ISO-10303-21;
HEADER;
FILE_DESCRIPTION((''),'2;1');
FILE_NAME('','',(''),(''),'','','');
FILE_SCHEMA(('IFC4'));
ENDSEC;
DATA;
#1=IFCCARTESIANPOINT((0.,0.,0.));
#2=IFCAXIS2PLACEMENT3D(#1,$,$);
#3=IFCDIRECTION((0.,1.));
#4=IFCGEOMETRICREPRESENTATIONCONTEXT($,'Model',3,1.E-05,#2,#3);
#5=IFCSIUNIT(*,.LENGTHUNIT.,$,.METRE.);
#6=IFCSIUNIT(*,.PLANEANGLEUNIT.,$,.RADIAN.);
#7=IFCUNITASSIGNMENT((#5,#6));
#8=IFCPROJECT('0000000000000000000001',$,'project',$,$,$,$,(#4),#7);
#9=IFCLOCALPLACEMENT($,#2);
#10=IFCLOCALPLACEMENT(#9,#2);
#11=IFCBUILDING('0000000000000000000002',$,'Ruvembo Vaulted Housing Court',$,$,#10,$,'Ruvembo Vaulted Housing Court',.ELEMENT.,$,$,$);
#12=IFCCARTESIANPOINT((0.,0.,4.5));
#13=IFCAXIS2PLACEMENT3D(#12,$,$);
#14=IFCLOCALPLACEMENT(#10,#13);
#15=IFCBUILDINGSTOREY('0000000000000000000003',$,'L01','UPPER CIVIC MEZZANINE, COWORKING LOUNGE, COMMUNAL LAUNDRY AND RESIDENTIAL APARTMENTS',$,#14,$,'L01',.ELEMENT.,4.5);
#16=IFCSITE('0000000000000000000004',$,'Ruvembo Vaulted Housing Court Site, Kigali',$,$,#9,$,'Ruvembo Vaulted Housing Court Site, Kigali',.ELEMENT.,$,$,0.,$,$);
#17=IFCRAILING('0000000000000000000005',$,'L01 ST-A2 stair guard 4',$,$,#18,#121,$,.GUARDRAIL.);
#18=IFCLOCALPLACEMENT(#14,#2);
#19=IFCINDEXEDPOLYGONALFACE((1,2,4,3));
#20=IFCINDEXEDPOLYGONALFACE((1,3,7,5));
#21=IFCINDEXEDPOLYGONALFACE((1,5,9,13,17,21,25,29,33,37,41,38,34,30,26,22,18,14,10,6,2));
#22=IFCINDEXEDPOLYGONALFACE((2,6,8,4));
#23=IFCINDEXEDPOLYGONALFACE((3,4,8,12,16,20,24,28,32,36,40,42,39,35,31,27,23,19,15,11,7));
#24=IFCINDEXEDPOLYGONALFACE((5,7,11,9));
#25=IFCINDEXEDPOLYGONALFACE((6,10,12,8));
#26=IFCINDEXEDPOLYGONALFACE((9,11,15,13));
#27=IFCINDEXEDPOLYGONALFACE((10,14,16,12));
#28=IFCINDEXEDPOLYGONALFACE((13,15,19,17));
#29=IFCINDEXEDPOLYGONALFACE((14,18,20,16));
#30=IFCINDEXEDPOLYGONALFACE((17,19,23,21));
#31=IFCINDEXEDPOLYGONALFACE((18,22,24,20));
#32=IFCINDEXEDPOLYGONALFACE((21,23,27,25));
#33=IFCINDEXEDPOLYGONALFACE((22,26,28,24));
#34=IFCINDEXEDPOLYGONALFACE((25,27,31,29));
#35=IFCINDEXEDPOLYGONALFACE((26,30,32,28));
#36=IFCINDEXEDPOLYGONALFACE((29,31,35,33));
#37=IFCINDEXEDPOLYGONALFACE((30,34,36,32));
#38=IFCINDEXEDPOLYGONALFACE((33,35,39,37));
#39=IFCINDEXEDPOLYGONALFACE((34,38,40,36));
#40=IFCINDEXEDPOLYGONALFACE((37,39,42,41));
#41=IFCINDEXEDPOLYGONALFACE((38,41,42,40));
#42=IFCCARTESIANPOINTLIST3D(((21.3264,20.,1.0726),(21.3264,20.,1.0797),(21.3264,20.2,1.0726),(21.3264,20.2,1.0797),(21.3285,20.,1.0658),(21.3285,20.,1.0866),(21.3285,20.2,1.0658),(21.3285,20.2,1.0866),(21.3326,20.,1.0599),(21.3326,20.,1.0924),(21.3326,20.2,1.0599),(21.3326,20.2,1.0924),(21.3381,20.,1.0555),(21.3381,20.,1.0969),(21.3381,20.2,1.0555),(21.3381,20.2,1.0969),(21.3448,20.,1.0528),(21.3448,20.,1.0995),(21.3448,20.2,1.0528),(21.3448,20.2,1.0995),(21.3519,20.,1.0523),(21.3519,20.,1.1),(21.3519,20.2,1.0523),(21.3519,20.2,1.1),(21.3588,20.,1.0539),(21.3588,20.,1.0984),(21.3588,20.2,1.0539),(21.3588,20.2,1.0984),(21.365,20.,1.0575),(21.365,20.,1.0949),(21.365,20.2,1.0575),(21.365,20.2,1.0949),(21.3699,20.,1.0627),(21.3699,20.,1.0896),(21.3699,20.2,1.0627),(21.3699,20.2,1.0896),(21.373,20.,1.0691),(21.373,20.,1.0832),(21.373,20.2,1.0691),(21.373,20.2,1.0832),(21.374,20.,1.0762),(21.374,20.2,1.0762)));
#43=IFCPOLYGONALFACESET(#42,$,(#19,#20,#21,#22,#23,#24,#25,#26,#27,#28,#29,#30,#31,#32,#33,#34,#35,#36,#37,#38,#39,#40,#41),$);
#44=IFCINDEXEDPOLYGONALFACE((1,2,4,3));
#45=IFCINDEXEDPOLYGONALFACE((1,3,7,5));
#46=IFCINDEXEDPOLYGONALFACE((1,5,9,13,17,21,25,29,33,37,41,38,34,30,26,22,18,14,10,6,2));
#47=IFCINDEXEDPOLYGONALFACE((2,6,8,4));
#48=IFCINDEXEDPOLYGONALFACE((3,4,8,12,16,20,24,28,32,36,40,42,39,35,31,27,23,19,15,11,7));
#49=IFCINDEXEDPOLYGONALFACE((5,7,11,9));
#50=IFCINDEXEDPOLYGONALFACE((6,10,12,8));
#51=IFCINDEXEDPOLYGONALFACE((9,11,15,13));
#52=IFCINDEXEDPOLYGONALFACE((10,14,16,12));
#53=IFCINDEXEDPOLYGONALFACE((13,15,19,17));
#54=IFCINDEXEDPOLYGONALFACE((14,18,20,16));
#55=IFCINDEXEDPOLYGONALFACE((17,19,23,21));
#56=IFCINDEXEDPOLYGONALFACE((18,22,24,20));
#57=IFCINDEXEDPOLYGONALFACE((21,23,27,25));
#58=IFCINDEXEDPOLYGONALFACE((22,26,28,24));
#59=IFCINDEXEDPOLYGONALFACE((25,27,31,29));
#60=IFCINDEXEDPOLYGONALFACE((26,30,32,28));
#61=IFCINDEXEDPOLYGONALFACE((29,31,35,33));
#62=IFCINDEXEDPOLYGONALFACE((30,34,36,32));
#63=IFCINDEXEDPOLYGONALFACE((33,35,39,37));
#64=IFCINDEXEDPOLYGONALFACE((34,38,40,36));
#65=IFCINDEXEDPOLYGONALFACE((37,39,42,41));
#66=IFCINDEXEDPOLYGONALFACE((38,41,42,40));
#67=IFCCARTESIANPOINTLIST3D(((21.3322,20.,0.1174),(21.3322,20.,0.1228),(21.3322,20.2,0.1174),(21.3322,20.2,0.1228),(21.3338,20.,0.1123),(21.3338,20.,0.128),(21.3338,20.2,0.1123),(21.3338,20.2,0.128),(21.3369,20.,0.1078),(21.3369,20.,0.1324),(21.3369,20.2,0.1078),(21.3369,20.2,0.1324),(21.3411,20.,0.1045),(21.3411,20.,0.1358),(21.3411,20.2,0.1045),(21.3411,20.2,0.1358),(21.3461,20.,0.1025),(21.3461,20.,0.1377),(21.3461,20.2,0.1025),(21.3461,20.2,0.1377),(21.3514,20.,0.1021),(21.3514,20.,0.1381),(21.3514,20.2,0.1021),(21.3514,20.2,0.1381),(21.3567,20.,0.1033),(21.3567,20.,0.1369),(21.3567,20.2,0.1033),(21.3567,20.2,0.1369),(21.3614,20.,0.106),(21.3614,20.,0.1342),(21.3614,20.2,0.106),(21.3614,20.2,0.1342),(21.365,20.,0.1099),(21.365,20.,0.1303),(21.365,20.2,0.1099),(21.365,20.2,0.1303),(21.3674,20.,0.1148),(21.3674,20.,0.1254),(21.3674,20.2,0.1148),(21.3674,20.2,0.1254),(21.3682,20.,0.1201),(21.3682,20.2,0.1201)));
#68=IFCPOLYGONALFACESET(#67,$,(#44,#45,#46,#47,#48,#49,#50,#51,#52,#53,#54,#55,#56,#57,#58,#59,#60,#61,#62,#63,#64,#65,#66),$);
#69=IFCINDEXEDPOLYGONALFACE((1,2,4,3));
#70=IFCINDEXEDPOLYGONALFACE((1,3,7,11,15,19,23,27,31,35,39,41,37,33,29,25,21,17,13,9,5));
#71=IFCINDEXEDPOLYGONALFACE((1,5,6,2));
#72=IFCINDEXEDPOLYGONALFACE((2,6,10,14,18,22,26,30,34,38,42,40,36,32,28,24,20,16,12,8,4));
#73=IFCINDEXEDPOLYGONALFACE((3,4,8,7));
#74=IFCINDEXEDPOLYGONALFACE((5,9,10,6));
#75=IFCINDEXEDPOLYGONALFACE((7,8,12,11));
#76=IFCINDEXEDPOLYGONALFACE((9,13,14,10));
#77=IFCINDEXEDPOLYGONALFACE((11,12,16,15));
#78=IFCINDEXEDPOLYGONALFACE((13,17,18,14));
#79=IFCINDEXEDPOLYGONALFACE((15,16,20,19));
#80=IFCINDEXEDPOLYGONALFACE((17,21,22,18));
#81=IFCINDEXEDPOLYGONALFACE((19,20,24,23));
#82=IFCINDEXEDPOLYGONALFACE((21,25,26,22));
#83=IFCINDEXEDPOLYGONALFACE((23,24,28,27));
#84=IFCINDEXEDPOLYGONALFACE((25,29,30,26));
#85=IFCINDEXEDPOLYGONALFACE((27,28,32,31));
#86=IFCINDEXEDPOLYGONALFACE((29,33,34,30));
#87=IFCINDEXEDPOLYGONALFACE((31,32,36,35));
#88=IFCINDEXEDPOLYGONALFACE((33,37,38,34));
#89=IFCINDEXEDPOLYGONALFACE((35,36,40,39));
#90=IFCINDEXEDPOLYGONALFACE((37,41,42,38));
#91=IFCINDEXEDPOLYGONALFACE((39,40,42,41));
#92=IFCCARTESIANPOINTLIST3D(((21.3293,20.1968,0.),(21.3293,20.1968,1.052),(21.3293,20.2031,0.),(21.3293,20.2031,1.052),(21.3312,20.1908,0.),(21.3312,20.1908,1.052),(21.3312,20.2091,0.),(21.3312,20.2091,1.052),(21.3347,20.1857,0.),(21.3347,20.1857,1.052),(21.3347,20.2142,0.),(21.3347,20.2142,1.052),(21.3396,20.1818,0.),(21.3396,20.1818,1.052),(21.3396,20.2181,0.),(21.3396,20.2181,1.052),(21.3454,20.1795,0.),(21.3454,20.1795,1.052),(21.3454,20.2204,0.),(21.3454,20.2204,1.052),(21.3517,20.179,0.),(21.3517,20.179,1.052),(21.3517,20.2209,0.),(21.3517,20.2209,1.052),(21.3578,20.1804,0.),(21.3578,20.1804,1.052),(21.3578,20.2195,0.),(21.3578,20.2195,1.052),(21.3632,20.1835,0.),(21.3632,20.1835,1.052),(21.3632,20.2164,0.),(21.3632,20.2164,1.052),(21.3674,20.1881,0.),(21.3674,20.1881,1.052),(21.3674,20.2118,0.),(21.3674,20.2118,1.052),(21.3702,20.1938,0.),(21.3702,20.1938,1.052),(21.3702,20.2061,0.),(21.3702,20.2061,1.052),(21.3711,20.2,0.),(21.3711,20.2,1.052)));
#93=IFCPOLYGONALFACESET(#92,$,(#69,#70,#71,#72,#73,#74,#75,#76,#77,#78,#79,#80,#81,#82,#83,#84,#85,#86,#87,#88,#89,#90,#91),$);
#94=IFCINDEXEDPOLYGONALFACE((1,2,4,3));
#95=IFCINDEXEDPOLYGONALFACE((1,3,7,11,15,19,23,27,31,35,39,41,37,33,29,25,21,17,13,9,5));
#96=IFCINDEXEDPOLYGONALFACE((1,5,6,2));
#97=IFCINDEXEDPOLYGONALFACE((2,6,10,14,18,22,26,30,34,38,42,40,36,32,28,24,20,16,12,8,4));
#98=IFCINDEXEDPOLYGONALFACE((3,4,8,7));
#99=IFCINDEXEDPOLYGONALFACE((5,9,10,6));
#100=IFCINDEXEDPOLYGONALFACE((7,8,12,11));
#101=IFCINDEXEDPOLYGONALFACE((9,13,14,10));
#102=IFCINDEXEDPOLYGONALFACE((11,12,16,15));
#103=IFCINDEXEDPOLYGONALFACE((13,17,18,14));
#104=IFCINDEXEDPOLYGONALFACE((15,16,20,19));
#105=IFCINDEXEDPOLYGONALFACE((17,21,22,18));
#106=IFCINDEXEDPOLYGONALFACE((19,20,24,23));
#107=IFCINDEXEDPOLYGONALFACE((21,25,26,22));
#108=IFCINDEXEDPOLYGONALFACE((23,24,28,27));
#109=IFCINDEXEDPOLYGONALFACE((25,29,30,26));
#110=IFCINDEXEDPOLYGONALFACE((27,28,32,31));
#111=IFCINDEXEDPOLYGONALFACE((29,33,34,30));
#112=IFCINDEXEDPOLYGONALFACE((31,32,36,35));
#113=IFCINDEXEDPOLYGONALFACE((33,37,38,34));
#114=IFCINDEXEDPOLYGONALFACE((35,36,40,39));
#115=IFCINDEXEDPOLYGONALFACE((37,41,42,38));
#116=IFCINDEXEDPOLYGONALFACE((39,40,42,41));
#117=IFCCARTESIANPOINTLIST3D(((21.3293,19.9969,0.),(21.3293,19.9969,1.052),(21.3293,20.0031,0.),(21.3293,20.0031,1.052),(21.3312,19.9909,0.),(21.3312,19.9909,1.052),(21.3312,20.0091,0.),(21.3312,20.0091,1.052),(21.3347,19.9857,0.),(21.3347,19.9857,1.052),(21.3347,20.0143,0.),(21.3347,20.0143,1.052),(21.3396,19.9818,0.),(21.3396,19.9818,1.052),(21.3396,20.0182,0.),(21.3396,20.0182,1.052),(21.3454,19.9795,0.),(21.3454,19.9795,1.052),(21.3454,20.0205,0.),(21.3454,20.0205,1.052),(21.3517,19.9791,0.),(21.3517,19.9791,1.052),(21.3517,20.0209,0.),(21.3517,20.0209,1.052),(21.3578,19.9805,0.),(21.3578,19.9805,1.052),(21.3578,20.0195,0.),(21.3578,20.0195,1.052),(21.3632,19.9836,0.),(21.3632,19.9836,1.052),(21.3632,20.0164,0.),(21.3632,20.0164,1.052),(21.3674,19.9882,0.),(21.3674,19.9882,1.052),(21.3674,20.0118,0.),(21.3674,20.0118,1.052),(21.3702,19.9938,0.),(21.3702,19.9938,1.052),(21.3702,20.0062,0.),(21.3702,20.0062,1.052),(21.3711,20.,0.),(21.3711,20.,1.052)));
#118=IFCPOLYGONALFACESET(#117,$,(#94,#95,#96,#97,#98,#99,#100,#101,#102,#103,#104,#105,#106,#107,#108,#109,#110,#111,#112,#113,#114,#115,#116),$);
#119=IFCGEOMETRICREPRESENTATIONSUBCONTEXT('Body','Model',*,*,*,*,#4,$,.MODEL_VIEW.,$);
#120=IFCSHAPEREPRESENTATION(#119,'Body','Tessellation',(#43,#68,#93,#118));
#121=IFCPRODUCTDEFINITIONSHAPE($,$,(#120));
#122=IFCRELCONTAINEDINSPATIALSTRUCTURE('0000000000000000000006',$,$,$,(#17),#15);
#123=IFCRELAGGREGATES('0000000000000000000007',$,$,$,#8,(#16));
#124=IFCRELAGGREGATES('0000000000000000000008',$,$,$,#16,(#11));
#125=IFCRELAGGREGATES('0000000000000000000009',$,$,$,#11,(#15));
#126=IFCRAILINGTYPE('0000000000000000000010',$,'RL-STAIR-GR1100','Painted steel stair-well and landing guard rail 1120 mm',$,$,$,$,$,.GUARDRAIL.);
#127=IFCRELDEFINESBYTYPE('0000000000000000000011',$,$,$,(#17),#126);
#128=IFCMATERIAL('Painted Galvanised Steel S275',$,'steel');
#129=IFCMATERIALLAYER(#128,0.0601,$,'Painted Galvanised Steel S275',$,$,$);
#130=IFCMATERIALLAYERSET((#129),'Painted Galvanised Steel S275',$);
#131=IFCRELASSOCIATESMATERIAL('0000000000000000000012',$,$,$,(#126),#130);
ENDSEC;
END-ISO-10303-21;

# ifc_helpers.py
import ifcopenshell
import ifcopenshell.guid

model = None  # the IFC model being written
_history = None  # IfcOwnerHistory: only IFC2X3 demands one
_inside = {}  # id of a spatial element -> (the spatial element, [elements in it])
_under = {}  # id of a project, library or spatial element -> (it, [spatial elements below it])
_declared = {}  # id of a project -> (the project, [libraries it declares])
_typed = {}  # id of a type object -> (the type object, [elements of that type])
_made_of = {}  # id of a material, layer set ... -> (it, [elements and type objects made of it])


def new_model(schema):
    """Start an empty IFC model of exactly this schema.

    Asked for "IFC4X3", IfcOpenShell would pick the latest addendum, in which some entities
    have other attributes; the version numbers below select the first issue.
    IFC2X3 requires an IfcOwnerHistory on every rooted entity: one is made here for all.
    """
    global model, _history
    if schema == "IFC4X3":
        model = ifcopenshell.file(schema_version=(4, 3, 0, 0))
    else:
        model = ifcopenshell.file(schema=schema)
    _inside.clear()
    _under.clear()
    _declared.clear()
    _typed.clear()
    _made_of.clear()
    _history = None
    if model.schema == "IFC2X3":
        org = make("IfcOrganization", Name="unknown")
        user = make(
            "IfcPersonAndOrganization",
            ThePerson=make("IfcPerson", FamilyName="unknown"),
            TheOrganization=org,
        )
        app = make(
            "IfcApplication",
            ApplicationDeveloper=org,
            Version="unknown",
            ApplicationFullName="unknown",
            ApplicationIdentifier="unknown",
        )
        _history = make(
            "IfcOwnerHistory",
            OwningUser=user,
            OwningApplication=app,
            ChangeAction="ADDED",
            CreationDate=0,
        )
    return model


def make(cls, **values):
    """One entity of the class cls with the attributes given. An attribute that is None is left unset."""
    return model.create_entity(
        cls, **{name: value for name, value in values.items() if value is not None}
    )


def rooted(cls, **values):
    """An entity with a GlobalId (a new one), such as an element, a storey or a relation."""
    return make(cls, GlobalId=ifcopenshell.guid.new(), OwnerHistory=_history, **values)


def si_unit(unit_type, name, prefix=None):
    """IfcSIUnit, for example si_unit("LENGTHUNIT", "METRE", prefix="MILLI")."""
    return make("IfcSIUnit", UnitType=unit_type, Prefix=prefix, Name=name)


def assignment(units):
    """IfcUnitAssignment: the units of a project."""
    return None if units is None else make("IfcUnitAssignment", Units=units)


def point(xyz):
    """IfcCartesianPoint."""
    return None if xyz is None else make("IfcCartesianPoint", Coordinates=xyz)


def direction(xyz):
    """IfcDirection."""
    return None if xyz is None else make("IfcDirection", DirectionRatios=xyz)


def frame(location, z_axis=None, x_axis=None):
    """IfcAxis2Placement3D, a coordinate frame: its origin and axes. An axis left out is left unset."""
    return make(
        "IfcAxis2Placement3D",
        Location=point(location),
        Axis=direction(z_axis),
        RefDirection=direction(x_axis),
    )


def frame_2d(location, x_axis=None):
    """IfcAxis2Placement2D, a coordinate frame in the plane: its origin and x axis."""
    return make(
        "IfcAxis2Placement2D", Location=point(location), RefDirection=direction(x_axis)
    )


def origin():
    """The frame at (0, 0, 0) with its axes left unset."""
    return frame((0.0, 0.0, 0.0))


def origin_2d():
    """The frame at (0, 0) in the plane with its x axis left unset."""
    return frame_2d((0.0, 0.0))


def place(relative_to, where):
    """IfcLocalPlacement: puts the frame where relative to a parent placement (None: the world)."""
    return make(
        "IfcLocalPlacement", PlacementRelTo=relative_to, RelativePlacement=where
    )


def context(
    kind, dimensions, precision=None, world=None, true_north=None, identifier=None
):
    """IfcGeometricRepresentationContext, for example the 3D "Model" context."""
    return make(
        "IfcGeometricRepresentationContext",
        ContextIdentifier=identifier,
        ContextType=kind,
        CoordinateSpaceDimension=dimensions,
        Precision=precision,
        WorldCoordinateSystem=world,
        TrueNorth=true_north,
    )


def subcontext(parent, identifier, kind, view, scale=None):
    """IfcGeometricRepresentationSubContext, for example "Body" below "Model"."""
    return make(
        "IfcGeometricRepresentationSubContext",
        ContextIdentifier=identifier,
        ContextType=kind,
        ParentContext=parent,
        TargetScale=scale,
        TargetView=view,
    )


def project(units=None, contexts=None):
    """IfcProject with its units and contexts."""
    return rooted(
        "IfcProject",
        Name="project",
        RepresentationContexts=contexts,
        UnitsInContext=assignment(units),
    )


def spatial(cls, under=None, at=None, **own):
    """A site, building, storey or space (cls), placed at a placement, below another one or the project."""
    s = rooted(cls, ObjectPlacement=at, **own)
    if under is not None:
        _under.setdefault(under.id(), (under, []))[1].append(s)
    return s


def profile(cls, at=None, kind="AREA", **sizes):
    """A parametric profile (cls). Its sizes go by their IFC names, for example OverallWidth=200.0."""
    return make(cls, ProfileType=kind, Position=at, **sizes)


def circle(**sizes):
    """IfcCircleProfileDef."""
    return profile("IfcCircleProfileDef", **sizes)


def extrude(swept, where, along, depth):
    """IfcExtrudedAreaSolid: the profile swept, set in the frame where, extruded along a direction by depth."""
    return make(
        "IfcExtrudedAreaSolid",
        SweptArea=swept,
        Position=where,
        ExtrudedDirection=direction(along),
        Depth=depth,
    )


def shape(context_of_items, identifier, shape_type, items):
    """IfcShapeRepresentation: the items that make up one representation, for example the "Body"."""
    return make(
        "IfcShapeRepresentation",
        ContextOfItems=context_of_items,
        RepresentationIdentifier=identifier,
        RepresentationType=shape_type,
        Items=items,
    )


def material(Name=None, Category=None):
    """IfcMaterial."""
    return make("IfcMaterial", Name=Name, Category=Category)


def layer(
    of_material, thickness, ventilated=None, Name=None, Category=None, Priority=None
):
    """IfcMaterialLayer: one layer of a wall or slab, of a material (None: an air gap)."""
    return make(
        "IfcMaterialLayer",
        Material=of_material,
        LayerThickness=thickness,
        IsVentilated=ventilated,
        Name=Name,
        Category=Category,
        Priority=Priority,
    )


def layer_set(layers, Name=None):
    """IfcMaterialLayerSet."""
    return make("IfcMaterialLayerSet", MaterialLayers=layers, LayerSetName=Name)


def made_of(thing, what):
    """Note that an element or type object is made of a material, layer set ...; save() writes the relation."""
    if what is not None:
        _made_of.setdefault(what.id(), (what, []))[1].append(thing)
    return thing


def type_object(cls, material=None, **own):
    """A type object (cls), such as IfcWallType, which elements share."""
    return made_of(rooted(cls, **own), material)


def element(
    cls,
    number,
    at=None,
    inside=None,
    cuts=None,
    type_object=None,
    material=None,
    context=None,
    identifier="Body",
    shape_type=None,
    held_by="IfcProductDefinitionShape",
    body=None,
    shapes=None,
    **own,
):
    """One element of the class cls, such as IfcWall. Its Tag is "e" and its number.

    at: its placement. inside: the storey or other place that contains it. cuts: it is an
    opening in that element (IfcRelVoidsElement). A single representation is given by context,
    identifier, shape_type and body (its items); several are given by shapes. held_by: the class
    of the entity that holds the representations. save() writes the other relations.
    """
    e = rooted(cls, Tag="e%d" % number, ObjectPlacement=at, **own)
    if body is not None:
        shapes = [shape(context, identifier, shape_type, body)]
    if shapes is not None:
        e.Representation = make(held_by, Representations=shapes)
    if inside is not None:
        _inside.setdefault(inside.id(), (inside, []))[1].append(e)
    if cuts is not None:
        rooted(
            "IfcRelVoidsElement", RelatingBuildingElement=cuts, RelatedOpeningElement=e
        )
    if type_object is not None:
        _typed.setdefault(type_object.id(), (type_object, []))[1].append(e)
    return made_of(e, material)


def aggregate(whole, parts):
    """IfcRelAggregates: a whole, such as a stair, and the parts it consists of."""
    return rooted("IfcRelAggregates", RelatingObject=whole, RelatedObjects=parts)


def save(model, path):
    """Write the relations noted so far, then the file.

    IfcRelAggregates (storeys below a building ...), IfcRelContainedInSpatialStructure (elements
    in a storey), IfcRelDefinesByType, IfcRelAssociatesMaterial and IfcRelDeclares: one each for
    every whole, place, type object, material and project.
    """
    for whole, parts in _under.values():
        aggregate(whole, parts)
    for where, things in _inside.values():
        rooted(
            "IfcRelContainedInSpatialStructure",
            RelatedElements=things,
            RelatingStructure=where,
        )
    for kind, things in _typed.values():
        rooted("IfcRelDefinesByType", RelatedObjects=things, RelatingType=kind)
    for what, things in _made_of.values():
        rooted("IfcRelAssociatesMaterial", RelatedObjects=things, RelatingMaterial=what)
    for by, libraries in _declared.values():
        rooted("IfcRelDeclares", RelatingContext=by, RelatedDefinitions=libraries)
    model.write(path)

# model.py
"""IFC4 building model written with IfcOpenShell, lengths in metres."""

from ifc_helpers import new_model, si_unit, direction, frame, origin, origin_2d, place, context, subcontext, project, spatial, circle, extrude, material, layer, layer_set, type_object, element, save


model = new_model("IFC4")

# Units and contexts
model_context = context("Model", 3, precision=1e-05, world=origin(), true_north=direction((0.0, 1.0)))
body_context = subcontext(model_context, "Body", "Model", "MODEL_VIEW")
ifc_project = project(units=[si_unit("LENGTHUNIT", "METRE"), si_unit("PLANEANGLEUNIT", "RADIAN")], contexts=[model_context])

# Site, building, storey
site_placement = place(None, origin())
site = spatial("IfcSite", under=ifc_project, at=site_placement, Name="Ruvembo Vaulted Housing Court Site, Kigali", LongName="Ruvembo Vaulted Housing Court Site, Kigali", CompositionType="ELEMENT", RefElevation=0.0)
building_placement = place(site_placement, origin())
building = spatial("IfcBuilding", under=site, at=building_placement, Name="Ruvembo Vaulted Housing Court", LongName="Ruvembo Vaulted Housing Court", CompositionType="ELEMENT")
storey_placement = place(building_placement, frame((0.0, 0.0, 4.5)))
storey = spatial("IfcBuildingStorey", under=building, at=storey_placement, Name="L01", Description="UPPER CIVIC MEZZANINE, COWORKING LOUNGE, COMMUNAL LAUNDRY AND RESIDENTIAL APARTMENTS", LongName="L01", CompositionType="ELEMENT", Elevation=4.5)

# Railing
ifc_material_1 = material(Name="Painted Galvanised Steel S275", Category="steel")
ifc_layer_1 = layer(ifc_material_1, 0.0601, Name="Painted Galvanised Steel S275")
ifc_layer_set_1 = layer_set([ifc_layer_1], Name="Painted Galvanised Steel S275")
railing_type_1 = type_object("IfcRailingType", Name="RL-STAIR-GR1100", Description="Painted steel stair-well and landing guard rail 1120 mm", PredefinedType="GUARDRAIL", material=ifc_layer_set_1)
railing_1_placement = place(storey_placement, frame((21.3501, 20.2, 0.0)))
element("IfcRailing", 1, at=railing_1_placement, inside=storey, type_object=railing_type_1, Name="L01 ST-A2 stair guard 4", PredefinedType="GUARDRAIL", context=body_context, shape_type="SweptSolid", body=[
    extrude(circle(Radius=0.0239, at=origin_2d()), frame((0.0, 0.0, 1.0762), z_axis=(0.0, -1.0, 0.0), x_axis=(1.0, 0.0, 0.0)), (0.0, 0.0, 1.0), 0.2),
    extrude(circle(Radius=0.0181, at=origin_2d()), frame((0.0, 0.0, 0.1201), z_axis=(0.0, -1.0, 0.0), x_axis=(1.0, 0.0, 0.0)), (0.0, 0.0, 1.0), 0.2),
    extrude(circle(Radius=0.021, at=origin_2d()), origin(), (0.0, 0.0, 1.0), 1.052),
    extrude(circle(Radius=0.021, at=origin_2d()), frame((0.0, -0.2, 0.0)), (0.0, 0.0, 1.0), 1.052),
])

save(model, "model.ifc")
